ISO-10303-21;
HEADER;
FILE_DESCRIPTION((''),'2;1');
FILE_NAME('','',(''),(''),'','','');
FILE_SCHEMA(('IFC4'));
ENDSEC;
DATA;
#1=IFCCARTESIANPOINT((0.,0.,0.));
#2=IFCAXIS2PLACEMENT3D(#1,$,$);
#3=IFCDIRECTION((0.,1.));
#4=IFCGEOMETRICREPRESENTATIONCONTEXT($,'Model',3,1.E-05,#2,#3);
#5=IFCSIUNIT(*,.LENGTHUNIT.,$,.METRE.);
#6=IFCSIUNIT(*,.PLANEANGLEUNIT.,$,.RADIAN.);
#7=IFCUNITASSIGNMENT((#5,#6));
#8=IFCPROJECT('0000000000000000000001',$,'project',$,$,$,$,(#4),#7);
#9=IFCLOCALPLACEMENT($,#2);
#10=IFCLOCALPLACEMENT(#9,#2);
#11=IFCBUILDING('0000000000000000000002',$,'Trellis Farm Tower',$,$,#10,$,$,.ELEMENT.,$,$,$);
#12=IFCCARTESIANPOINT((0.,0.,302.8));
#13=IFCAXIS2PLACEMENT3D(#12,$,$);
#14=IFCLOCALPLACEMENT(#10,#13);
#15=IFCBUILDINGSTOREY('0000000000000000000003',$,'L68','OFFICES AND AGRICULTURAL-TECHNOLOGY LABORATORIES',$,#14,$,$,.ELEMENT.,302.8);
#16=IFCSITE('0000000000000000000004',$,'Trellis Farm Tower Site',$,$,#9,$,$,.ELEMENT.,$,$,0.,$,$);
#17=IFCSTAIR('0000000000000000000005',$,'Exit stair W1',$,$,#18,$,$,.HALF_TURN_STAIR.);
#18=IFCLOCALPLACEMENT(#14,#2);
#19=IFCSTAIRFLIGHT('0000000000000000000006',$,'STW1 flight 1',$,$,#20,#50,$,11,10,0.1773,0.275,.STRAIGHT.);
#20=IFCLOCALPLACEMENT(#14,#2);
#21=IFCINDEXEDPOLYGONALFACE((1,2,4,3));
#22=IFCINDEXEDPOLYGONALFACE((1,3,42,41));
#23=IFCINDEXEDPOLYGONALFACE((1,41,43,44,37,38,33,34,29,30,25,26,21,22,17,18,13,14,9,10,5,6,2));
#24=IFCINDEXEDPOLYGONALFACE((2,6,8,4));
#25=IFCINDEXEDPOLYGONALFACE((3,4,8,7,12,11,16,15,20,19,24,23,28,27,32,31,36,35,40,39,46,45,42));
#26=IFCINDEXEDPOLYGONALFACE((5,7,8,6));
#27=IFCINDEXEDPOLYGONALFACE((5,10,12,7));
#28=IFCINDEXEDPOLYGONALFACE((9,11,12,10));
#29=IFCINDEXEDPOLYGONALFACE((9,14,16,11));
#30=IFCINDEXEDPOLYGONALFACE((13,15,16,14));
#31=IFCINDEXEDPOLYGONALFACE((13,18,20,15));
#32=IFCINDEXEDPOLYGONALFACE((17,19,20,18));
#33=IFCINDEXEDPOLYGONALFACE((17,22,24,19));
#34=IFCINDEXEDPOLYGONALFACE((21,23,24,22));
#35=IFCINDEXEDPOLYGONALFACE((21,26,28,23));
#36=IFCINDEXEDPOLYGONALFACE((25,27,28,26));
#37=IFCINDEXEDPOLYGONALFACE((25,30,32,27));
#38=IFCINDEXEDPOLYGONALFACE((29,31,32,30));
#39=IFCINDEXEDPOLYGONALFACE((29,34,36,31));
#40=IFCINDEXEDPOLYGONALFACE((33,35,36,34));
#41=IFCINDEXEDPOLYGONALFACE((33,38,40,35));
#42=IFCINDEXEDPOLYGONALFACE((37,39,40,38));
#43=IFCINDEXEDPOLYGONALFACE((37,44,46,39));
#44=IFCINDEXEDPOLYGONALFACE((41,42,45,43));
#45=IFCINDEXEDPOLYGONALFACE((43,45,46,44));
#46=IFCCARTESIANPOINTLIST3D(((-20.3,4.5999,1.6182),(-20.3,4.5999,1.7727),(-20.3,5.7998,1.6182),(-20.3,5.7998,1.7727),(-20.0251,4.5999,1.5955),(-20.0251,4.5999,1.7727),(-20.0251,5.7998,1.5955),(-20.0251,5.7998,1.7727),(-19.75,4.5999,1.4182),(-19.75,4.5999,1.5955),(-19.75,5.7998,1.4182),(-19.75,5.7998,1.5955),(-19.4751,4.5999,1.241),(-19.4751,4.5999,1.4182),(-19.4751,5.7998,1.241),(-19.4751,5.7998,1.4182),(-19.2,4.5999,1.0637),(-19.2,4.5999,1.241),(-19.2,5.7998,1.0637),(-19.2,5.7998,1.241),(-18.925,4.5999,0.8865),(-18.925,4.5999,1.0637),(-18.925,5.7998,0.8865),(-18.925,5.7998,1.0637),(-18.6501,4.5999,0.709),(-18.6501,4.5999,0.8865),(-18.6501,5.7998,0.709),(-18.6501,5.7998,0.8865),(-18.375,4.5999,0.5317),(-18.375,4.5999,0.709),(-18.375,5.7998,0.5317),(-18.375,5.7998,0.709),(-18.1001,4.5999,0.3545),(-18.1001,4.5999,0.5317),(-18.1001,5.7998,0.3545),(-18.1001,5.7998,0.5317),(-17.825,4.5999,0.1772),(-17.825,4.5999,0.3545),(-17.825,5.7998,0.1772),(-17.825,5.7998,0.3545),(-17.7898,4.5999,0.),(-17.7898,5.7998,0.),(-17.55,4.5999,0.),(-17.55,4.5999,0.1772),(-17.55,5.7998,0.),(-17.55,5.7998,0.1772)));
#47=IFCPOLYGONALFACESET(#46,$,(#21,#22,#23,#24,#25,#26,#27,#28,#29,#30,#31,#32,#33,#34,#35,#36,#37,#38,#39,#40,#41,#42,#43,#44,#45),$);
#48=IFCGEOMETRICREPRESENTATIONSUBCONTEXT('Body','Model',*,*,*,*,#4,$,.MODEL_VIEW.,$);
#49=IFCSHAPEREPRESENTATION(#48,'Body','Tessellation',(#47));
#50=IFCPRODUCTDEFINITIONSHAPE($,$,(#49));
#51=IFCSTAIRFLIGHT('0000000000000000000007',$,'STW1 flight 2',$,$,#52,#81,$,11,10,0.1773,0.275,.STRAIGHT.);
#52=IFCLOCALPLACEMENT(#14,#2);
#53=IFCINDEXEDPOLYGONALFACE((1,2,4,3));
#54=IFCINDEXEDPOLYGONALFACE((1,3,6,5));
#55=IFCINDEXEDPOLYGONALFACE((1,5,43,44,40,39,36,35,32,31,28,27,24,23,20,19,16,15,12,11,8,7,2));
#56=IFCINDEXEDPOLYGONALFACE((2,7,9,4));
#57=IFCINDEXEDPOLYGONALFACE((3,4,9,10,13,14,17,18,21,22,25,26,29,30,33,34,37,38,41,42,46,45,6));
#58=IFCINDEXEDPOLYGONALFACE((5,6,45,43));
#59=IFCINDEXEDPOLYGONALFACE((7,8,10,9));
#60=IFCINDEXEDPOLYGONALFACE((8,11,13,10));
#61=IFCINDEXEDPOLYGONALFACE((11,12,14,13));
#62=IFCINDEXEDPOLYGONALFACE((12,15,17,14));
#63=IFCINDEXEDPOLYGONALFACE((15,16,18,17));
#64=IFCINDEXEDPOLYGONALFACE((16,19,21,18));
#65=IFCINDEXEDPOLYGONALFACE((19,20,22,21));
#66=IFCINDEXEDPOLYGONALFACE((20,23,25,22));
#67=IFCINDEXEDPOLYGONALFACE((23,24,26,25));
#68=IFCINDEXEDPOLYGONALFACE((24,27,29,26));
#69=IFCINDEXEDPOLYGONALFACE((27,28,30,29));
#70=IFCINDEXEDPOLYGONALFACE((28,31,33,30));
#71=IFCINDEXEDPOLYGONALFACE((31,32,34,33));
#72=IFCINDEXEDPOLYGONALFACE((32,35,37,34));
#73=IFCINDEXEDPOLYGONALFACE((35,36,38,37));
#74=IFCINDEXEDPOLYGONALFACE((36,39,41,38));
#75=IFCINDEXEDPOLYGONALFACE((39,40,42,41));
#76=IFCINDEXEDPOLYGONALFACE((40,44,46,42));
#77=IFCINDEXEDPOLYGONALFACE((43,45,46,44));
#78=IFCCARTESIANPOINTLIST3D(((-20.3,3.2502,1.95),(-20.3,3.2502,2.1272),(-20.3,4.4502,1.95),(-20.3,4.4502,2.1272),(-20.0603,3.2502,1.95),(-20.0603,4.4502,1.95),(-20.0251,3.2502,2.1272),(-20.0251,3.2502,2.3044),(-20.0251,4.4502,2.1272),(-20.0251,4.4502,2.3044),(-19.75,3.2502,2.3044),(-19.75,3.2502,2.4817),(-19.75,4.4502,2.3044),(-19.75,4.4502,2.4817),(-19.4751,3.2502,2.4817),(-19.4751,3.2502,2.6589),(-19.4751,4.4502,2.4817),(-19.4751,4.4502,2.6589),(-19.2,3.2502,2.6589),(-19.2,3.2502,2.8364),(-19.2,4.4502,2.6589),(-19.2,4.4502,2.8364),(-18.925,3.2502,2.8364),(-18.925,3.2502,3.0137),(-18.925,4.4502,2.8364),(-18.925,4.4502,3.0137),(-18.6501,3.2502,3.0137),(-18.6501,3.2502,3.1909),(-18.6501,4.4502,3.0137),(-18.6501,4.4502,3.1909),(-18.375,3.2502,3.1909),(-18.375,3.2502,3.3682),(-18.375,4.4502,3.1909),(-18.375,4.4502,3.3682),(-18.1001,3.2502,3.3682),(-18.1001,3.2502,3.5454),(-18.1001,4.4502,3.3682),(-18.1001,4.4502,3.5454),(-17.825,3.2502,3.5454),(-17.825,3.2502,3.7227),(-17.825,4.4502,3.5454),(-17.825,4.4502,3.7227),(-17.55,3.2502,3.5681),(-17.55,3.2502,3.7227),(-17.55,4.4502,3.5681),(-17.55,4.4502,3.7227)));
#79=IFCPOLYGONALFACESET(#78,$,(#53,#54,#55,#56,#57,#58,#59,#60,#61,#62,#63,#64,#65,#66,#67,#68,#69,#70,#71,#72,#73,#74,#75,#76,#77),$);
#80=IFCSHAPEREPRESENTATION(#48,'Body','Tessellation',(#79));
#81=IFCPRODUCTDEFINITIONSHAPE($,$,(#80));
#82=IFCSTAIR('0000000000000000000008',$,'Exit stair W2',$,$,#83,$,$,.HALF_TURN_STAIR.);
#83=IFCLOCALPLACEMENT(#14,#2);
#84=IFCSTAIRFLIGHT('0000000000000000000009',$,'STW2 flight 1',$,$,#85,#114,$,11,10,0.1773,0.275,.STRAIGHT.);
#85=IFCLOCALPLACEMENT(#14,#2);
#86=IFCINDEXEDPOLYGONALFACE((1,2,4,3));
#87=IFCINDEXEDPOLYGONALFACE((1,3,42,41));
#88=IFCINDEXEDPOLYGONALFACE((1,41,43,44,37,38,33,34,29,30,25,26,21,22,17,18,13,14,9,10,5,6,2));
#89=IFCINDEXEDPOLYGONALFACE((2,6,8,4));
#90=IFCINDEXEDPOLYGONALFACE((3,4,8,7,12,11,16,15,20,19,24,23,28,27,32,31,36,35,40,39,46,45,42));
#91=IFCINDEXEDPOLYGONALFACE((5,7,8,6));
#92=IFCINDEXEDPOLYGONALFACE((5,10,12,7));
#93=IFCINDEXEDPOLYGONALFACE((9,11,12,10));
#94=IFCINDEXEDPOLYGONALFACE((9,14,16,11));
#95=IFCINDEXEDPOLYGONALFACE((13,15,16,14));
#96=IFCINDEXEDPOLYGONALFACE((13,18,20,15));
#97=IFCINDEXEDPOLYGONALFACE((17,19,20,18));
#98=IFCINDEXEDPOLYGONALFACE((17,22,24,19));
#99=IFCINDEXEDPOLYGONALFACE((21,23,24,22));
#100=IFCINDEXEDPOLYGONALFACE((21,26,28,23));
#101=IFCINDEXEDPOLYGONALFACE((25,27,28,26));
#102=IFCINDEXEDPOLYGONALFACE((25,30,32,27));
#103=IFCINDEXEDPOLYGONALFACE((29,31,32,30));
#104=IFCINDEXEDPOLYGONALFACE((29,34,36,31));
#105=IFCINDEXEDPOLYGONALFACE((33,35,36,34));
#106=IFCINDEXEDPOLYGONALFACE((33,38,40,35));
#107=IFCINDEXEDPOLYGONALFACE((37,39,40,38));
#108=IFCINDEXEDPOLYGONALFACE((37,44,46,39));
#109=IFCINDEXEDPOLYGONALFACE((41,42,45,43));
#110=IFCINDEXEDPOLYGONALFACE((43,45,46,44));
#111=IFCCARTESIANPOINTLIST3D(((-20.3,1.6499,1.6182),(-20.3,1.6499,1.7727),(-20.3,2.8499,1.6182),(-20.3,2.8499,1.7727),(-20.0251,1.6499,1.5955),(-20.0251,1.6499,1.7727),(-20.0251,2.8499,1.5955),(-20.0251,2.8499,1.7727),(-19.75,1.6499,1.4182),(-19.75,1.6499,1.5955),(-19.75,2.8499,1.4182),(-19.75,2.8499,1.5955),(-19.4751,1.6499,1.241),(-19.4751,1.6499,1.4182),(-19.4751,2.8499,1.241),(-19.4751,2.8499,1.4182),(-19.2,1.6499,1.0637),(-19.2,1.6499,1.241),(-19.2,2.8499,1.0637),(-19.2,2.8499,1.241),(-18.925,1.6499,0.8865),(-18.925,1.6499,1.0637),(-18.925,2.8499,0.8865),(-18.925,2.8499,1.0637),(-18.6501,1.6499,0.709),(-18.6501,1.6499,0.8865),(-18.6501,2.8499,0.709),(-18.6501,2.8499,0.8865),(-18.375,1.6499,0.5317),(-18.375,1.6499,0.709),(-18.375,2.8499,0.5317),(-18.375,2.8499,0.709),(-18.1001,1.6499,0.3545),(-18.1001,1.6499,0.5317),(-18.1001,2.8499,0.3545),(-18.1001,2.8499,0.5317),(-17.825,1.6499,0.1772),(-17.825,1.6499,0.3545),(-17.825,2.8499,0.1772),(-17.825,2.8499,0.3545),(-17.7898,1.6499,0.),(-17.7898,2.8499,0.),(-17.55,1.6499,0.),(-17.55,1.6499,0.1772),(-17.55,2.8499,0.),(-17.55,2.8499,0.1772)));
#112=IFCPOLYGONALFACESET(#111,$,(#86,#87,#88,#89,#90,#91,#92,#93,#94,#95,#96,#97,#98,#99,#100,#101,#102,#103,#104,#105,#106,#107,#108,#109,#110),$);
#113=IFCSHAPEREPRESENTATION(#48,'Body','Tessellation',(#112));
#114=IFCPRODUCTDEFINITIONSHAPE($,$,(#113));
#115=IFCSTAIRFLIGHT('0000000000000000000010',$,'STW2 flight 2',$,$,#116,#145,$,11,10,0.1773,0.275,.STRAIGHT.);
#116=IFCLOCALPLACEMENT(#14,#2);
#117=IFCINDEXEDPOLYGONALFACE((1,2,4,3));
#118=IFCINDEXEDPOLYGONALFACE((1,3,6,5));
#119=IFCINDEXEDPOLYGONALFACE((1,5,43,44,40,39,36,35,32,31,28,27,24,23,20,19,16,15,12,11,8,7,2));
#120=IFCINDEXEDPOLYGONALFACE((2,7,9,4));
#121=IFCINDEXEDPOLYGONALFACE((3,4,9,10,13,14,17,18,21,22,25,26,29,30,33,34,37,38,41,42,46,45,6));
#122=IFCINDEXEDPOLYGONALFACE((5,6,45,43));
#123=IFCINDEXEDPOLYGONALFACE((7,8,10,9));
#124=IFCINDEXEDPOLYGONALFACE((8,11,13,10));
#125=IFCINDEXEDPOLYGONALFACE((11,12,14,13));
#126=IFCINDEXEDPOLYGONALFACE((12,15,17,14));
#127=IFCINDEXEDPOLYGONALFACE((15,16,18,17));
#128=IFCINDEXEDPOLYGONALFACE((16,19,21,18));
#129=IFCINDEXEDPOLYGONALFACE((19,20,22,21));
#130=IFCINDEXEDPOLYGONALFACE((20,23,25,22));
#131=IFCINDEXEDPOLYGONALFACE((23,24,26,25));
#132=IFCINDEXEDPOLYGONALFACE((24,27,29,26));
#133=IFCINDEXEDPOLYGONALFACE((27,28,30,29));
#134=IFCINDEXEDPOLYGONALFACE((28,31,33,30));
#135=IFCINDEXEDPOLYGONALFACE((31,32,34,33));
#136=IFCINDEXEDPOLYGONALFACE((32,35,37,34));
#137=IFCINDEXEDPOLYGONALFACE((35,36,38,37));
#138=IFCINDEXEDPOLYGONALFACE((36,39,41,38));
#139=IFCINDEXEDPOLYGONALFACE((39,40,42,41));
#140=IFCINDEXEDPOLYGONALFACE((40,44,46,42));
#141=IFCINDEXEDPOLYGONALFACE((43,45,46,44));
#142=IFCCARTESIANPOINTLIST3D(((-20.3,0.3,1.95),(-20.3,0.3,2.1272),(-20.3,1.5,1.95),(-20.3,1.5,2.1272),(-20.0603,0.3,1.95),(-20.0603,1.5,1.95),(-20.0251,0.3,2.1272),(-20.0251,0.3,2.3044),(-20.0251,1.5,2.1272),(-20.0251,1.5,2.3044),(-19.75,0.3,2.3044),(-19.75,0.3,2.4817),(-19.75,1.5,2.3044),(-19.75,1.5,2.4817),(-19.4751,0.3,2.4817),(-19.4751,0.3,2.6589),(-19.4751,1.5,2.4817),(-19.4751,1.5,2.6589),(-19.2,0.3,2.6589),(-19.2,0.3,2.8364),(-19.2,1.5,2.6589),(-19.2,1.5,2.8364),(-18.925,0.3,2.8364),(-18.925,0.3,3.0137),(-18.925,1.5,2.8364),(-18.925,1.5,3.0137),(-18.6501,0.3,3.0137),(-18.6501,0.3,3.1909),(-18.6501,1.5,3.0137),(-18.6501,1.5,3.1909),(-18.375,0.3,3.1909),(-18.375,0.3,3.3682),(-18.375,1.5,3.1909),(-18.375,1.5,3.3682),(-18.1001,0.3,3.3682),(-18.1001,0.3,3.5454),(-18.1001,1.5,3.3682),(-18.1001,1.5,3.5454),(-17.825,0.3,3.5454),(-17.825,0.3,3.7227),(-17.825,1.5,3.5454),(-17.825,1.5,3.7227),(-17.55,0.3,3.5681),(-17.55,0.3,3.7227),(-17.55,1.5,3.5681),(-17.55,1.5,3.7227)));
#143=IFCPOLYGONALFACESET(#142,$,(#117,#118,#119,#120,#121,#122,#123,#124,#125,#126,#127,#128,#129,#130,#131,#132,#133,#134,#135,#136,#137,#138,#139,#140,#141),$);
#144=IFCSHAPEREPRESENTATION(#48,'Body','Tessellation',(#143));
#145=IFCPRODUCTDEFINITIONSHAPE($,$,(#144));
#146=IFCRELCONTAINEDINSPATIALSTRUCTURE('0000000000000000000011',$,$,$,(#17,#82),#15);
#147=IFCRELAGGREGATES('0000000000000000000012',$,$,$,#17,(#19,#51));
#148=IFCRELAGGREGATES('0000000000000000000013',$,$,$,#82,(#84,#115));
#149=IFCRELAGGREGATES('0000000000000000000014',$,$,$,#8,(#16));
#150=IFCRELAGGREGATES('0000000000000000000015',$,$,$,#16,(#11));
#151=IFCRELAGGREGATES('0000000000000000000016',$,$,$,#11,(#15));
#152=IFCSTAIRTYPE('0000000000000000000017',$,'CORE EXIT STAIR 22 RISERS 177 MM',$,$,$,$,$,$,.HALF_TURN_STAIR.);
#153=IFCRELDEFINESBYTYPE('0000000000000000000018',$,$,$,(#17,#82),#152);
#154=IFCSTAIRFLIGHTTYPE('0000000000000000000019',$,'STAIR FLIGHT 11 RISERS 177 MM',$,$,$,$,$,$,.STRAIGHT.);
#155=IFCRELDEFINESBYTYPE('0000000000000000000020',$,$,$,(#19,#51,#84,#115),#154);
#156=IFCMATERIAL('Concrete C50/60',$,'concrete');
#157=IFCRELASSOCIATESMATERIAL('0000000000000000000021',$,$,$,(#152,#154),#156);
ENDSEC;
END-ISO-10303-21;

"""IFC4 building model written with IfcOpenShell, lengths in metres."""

from ifc_helpers import new_model, si_unit, direction, frame, origin, place, context, subcontext, project, spatial, polyline, outline, extrude, source, transform, mapped, material, type_object, element, aggregate, save


model = new_model("IFC4")

# Units and contexts
model_context = context("Model", 3, precision=1e-05, world=origin(), true_north=direction((0.0, 1.0)))
body_context = subcontext(model_context, "Body", "Model", "MODEL_VIEW")
ifc_project = project(units=[si_unit("LENGTHUNIT", "METRE"), si_unit("PLANEANGLEUNIT", "RADIAN")], contexts=[model_context])

# Site, building, storey
site_placement = place(None, origin())
site = spatial("IfcSite", under=ifc_project, at=site_placement, Name="Trellis Farm Tower Site", CompositionType="ELEMENT", RefElevation=0.0)
building_placement = place(site_placement, origin())
building = spatial("IfcBuilding", under=site, at=building_placement, Name="Trellis Farm Tower", CompositionType="ELEMENT")
storey_placement = place(building_placement, frame((0.0, 0.0, 302.8)))
storey = spatial("IfcBuildingStorey", under=building, at=storey_placement, Name="L68", Description="OFFICES AND AGRICULTURAL-TECHNOLOGY LABORATORIES", CompositionType="ELEMENT", Elevation=302.8)

# Shared definitions
placement = place(storey_placement, origin())

# Shared definitions
ifc_material_1 = material(Name="Concrete C50/60", Category="concrete")

# Stairs, stair flights
stair_type = type_object("IfcStairType", Name="CORE EXIT STAIR 22 RISERS 177 MM", PredefinedType="HALF_TURN_STAIR", material=ifc_material_1)
stair_1 = element("IfcStair", 1, at=placement, inside=storey, type_object=stair_type, Name="Exit stair W1", PredefinedType="HALF_TURN_STAIR")
stair_flight_type = type_object("IfcStairFlightType", Name="STAIR FLIGHT 11 RISERS 177 MM", PredefinedType="STRAIGHT", material=ifc_material_1)
shared_shape_1 = source(origin(), body_context, "Body", "SweptSolid", [
    extrude(outline(polyline([(0.0, 0.0), (0.0, 0.1772), (0.2749, 0.1772), (0.2749, 0.3545), (0.55, 0.3545), (0.55, 0.5317), (0.825, 0.5317), (0.825, 0.709), (1.1001, 0.709), (1.1001, 0.8865), (1.375, 0.8865), (1.375, 1.0637), (1.6499, 1.0637), (1.6499, 1.241), (1.925, 1.241), (1.925, 1.4182), (2.2, 1.4182), (2.2, 1.5955), (2.4751, 1.5955), (2.4751, 1.7727), (2.75, 1.7727), (2.75, 1.95), (2.75, 1.6182), (0.2397, 0.0), (0.0, 0.0)])), frame((0.0, 0.6001, 0.0), z_axis=(0.0, -1.0, 0.0), x_axis=(1.0, 0.0, 0.0)), (0.0, 0.0, 1.0), 1.2),
])
stair_flight_1_placement = place(storey_placement, frame((-17.55, 5.2, 0.0), z_axis=(0.0, 0.0, 1.0), x_axis=(-1.0, 0.0, 0.0)))
stair_flight_1 = element("IfcStairFlight", 2, at=stair_flight_1_placement, type_object=stair_flight_type, Name="STW1 flight 1", NumberOfRisers=11, NumberOfTreads=10, PredefinedType="STRAIGHT", RiserHeight=0.1773, TreadLength=0.275, context=body_context, shape_type="MappedRepresentation", body=[
    mapped(shared_shape_1, transform((0.0, 0.0, 0.0))),
])
stair_flight_2_placement = place(storey_placement, frame((-20.3, 3.8501, 1.95), z_axis=(0.0, 0.0, 1.0), x_axis=(1.0, 0.0, 0.0)))
stair_flight_2 = element("IfcStairFlight", 3, at=stair_flight_2_placement, type_object=stair_flight_type, Name="STW1 flight 2", NumberOfRisers=11, NumberOfTreads=10, PredefinedType="STRAIGHT", RiserHeight=0.1773, TreadLength=0.275, context=body_context, shape_type="MappedRepresentation", body=[
    mapped(shared_shape_1, transform((0.0, 0.0, 0.0))),
])
aggregate(stair_1, [stair_flight_1, stair_flight_2])
stair_2 = element("IfcStair", 4, at=placement, inside=storey, type_object=stair_type, Name="Exit stair W2", PredefinedType="HALF_TURN_STAIR")
stair_flight_3_placement = place(storey_placement, frame((-17.55, 2.25, 0.0), z_axis=(0.0, 0.0, 1.0), x_axis=(-1.0, 0.0, 0.0)))
stair_flight_3 = element("IfcStairFlight", 5, at=stair_flight_3_placement, type_object=stair_flight_type, Name="STW2 flight 1", NumberOfRisers=11, NumberOfTreads=10, PredefinedType="STRAIGHT", RiserHeight=0.1773, TreadLength=0.275, context=body_context, shape_type="MappedRepresentation", body=[
    mapped(shared_shape_1, transform((0.0, 0.0, 0.0))),
])
stair_flight_4_placement = place(storey_placement, frame((-20.3, 0.8999, 1.95), z_axis=(0.0, 0.0, 1.0), x_axis=(1.0, 0.0, 0.0)))
stair_flight_4 = element("IfcStairFlight", 6, at=stair_flight_4_placement, type_object=stair_flight_type, Name="STW2 flight 2", NumberOfRisers=11, NumberOfTreads=10, PredefinedType="STRAIGHT", RiserHeight=0.1773, TreadLength=0.275, context=body_context, shape_type="MappedRepresentation", body=[
    mapped(shared_shape_1, transform((0.0, 0.0, 0.0))),
])
aggregate(stair_2, [stair_flight_3, stair_flight_4])

save(model, "model.ifc")
